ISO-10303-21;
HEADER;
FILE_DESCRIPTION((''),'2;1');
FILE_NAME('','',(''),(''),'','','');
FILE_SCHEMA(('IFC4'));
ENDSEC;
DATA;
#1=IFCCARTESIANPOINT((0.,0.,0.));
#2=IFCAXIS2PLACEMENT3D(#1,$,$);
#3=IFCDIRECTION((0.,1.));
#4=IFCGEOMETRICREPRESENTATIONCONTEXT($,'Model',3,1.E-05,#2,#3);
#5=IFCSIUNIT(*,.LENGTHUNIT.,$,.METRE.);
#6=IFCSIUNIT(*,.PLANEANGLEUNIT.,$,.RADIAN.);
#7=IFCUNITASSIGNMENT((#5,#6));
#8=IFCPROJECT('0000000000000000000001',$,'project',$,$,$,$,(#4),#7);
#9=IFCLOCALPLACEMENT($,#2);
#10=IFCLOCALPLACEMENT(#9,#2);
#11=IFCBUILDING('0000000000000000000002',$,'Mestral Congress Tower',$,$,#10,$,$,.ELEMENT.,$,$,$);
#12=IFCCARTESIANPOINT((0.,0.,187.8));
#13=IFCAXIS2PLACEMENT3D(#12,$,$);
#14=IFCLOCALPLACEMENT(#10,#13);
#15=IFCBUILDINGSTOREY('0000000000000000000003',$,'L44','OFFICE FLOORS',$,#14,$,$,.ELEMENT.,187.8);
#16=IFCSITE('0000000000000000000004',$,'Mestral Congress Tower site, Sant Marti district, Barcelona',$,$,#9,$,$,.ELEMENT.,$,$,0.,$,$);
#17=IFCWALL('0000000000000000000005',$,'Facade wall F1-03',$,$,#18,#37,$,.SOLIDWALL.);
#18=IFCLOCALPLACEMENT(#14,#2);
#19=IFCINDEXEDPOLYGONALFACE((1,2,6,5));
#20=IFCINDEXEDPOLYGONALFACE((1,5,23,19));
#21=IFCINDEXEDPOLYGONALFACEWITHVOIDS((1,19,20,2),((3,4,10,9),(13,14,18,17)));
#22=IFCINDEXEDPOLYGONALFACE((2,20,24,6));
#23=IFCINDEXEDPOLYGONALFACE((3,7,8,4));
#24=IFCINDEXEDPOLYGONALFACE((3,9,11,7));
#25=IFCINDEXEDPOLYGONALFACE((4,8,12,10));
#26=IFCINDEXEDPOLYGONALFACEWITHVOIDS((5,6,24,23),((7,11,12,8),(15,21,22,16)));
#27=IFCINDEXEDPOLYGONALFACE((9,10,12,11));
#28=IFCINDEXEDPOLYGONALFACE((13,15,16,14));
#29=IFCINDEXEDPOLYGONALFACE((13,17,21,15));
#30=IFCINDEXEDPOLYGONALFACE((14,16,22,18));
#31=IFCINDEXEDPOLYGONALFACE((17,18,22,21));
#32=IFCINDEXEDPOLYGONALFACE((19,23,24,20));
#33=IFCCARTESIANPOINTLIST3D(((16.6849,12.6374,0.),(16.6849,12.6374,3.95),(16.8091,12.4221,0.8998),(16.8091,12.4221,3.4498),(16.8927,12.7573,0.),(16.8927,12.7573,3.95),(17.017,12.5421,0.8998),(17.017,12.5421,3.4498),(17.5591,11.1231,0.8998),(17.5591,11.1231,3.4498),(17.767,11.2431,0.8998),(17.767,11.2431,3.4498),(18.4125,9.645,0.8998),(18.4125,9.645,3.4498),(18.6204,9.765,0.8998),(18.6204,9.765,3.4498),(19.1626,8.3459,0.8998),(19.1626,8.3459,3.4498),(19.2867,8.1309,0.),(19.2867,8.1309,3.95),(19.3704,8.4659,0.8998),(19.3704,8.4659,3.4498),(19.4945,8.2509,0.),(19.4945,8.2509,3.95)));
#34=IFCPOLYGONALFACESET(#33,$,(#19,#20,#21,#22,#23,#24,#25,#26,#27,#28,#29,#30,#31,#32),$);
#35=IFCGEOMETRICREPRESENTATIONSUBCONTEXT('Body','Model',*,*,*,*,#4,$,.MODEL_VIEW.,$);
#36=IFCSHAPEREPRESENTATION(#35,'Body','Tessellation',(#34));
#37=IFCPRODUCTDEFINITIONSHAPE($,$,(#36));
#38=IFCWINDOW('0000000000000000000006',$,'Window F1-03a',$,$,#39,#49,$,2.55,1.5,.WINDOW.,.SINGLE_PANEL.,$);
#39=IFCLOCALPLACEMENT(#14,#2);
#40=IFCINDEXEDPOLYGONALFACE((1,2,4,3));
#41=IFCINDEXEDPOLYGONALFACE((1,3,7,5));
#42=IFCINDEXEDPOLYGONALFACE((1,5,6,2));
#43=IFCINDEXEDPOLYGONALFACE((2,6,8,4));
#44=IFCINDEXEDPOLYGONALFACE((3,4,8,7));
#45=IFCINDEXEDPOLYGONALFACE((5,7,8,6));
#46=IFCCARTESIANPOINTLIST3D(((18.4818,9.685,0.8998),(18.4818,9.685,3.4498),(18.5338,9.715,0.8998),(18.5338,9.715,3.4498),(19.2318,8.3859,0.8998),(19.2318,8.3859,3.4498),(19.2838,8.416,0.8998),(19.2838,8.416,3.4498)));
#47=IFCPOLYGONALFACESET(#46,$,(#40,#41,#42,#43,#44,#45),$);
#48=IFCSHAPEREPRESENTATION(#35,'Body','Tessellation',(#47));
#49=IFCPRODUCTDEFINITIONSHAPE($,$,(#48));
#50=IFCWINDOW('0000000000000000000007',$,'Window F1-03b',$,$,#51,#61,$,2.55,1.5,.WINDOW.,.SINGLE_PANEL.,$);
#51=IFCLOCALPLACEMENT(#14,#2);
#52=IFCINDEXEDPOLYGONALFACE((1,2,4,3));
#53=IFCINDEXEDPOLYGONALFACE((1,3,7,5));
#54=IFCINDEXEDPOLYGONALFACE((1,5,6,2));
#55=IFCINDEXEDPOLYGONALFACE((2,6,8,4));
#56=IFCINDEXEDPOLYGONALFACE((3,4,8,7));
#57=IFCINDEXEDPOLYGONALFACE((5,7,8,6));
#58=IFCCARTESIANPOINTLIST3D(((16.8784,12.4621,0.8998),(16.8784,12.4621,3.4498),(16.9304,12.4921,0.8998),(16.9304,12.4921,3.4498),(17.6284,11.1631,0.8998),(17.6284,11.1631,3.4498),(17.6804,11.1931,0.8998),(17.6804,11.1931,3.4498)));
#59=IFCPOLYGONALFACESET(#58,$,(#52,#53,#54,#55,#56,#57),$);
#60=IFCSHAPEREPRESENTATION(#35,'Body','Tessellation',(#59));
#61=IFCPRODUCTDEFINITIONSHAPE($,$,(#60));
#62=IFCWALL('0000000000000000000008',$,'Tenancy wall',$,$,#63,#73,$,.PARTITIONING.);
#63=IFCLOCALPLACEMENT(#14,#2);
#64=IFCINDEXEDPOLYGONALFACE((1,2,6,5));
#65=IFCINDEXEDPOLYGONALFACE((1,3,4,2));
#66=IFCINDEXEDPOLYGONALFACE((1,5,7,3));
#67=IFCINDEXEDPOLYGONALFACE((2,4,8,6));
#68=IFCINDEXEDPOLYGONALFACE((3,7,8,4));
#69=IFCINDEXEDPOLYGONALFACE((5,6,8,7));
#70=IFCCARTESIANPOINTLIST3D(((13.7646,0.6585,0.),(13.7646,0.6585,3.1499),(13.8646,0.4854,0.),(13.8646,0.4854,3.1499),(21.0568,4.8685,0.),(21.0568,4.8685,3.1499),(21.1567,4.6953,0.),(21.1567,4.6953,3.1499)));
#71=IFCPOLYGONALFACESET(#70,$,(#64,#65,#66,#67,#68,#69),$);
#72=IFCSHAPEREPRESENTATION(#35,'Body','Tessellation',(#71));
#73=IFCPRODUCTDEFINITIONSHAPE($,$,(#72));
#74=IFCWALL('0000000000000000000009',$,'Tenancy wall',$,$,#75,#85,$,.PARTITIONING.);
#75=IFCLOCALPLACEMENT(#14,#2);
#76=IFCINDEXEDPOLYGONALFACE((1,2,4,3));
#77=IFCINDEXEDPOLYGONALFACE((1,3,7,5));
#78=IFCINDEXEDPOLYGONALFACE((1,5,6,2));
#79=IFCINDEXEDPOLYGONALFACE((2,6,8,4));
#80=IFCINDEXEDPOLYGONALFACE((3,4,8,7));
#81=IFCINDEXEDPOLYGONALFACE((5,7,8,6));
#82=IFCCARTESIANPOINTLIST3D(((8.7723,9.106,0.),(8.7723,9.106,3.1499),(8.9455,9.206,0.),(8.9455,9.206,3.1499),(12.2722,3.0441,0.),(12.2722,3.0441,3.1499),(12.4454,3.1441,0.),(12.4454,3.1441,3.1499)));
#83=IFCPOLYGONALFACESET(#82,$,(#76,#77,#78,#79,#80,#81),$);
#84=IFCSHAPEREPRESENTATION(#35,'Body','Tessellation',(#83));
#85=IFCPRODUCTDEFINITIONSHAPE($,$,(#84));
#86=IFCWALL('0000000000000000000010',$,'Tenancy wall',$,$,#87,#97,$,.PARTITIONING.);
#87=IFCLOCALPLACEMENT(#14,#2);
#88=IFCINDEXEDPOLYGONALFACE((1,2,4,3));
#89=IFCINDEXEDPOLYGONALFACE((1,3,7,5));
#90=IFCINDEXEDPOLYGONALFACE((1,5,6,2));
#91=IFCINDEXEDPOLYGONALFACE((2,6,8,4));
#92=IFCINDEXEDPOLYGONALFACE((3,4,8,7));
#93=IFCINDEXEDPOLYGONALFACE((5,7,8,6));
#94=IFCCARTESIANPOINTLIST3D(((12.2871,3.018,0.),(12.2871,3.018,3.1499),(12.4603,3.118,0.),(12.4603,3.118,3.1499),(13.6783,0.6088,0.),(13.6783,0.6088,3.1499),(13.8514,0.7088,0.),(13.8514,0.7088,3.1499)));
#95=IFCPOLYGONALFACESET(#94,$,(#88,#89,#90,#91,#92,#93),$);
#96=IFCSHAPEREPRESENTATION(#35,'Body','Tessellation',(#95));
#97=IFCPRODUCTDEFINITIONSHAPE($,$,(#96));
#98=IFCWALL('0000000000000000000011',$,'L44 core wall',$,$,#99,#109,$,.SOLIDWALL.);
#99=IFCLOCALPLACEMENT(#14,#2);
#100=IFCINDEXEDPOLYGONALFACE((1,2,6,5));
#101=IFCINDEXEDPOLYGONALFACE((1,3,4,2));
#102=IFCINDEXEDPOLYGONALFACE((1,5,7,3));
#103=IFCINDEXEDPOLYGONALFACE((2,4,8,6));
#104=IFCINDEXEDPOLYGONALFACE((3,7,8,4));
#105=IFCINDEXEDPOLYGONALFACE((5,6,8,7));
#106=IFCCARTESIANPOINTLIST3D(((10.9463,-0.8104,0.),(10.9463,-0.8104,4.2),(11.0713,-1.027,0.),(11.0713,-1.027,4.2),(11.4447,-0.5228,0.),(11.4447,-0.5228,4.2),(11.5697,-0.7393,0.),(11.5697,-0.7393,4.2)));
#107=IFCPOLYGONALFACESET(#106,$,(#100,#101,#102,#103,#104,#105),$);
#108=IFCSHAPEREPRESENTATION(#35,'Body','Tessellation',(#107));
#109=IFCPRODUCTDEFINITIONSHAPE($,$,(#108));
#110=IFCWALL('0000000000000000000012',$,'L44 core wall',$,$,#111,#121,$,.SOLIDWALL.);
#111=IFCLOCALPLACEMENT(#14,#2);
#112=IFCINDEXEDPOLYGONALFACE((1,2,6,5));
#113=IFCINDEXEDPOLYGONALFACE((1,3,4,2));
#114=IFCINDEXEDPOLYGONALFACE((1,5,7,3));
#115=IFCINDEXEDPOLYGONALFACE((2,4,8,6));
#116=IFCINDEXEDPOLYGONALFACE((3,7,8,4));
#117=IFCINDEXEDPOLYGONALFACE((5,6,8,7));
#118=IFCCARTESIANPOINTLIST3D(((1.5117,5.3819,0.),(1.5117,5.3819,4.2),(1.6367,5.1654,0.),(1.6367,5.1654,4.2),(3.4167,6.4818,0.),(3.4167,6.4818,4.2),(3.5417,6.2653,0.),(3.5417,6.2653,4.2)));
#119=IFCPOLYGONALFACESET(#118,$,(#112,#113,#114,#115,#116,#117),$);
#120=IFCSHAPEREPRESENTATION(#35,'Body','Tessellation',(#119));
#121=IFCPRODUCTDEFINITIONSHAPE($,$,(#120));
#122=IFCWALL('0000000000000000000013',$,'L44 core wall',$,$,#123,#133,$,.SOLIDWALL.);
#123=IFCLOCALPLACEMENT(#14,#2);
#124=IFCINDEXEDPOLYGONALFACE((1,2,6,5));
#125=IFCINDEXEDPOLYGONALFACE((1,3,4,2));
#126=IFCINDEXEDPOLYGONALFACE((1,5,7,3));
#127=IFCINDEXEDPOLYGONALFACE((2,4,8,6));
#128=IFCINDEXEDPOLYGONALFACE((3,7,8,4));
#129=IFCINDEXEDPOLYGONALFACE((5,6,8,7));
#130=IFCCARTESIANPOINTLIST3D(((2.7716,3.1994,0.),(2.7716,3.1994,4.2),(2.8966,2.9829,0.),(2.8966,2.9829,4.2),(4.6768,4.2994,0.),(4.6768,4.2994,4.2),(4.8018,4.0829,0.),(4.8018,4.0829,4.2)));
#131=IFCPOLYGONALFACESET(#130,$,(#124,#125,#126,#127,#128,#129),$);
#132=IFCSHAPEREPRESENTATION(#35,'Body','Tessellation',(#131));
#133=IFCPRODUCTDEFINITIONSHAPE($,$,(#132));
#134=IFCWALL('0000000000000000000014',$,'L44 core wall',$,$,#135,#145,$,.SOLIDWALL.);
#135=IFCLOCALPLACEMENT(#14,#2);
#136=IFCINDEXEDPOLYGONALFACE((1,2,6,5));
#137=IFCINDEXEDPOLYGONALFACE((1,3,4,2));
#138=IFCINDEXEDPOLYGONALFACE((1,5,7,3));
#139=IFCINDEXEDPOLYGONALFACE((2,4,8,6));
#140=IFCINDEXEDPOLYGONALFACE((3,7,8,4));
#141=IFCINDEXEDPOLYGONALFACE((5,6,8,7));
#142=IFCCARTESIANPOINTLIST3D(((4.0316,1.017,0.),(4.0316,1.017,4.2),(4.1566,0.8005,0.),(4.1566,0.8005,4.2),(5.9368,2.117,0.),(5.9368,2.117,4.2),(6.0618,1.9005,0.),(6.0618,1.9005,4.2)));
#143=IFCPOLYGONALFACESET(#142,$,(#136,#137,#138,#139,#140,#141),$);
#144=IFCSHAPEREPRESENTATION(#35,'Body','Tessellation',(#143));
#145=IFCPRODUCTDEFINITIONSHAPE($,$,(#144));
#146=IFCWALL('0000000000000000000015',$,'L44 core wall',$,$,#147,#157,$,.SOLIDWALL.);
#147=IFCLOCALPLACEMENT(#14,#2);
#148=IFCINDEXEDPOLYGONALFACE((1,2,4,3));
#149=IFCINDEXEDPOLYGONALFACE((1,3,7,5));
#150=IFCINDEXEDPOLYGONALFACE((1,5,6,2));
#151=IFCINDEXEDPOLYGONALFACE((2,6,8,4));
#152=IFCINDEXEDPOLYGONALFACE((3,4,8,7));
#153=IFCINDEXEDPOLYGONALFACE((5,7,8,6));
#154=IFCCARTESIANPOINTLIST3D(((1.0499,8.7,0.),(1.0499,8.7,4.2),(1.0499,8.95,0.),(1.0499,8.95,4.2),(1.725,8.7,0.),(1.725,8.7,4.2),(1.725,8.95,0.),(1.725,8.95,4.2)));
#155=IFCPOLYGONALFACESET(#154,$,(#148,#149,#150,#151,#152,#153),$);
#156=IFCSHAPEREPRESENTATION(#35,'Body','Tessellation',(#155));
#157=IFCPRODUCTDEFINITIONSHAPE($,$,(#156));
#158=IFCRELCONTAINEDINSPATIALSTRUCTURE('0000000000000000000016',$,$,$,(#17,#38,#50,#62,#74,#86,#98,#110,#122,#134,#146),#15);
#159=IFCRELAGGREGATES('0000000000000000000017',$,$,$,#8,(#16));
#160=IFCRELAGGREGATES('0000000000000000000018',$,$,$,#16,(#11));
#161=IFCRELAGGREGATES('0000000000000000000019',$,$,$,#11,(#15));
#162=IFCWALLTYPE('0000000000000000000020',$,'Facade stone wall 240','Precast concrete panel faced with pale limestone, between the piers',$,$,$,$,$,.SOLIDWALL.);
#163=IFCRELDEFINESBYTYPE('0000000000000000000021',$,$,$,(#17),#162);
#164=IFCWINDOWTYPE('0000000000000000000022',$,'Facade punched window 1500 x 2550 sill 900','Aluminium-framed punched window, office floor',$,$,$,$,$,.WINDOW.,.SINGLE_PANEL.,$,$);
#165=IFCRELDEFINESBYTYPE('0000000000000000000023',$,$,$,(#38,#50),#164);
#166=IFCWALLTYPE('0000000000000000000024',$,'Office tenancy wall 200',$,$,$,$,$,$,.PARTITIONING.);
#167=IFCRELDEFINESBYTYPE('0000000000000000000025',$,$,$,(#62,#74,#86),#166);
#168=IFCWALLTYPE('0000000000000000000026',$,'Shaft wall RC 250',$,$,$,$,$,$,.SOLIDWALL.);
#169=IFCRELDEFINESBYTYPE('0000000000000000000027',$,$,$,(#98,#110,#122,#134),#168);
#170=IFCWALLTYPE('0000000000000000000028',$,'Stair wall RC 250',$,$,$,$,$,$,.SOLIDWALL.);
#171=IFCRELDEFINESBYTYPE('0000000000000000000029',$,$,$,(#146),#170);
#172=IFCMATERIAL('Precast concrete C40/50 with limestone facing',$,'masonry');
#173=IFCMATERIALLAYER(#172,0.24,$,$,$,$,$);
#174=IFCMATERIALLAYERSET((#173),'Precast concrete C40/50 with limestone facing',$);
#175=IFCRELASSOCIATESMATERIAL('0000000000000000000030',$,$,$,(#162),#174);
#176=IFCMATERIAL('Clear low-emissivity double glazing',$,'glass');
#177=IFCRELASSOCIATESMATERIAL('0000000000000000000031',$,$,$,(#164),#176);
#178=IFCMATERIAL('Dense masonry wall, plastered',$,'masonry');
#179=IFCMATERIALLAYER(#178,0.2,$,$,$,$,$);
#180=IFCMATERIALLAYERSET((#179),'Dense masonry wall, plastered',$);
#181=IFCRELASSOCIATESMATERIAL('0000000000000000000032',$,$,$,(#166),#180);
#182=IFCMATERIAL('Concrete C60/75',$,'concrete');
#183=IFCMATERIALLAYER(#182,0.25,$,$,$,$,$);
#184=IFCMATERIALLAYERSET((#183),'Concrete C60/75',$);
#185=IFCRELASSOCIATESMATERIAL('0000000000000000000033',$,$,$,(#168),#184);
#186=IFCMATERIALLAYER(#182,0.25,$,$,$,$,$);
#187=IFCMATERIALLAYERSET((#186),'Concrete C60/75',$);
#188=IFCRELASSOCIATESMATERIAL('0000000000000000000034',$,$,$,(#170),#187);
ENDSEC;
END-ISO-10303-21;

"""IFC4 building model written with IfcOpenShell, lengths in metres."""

from ifc_helpers import new_model, si_unit, direction, frame, frame_2d, origin, place, context, subcontext, project, spatial, rectangle, extrude, material, layer, layer_set, type_object, element, fill, save


model = new_model("IFC4")

# Units and contexts
model_context = context("Model", 3, precision=1e-05, world=origin(), true_north=direction((0.0, 1.0)))
body_context = subcontext(model_context, "Body", "Model", "MODEL_VIEW")
ifc_project = project(units=[si_unit("LENGTHUNIT", "METRE"), si_unit("PLANEANGLEUNIT", "RADIAN")], contexts=[model_context])

# Site, building, storey
site_placement = place(None, origin())
site = spatial("IfcSite", under=ifc_project, at=site_placement, Name="Mestral Congress Tower site, Sant Marti district, Barcelona", CompositionType="ELEMENT", RefElevation=0.0)
building_placement = place(site_placement, origin())
building = spatial("IfcBuilding", under=site, at=building_placement, Name="Mestral Congress Tower", CompositionType="ELEMENT")
storey_placement = place(building_placement, frame((0.0, 0.0, 187.8)))
storey = spatial("IfcBuildingStorey", under=building, at=storey_placement, Name="L44", Description="OFFICE FLOORS", CompositionType="ELEMENT", Elevation=187.8)

# Shared definitions
ifc_material_1 = material(Name="Concrete C60/75", Category="concrete")

# Wall, openings, windows
ifc_material_2 = material(Name="Precast concrete C40/50 with limestone facing", Category="masonry")
ifc_layer_1 = layer(ifc_material_2, 0.24)
ifc_layer_set_1 = layer_set([ifc_layer_1], Name="Precast concrete C40/50 with limestone facing")
wall_type_1 = type_object("IfcWallType", Name="Facade stone wall 240", Description="Precast concrete panel faced with pale limestone, between the piers", PredefinedType="SOLIDWALL", material=ifc_layer_set_1)
ifc_material_3 = material(Name="Clear low-emissivity double glazing", Category="glass")
window_type = type_object("IfcWindowType", Name="Facade punched window 1500 x 2550 sill 900", Description="Aluminium-framed punched window, office floor", PartitioningType="SINGLE_PANEL", PredefinedType="WINDOW", material=ifc_material_3)
wall_1_placement = place(storey_placement, frame((19.3906, 8.1909, 0.0), z_axis=(0.0, 0.0, 1.0), x_axis=(-0.500009, 0.86602, 0.0)))
wall_1 = element("IfcWall", 1, at=wall_1_placement, inside=storey, type_object=wall_type_1, Name="Facade wall F1-03", PredefinedType="SOLIDWALL", context=body_context, shape_type="SweptSolid", body=[
    extrude(rectangle(XDim=5.2036, YDim=0.24, at=frame_2d((2.6018, 0.0))), origin(), (0.0, 0.0, 1.0), 3.95),
])
opening_1_placement = place(wall_1_placement, frame((0.2483, 0.0, 0.8999)))
opening_1 = element("IfcOpeningElement", 2, at=opening_1_placement, cuts=wall_1, PredefinedType="OPENING", context=body_context, shape_type="SweptSolid", body=[
    extrude(rectangle(XDim=1.5, YDim=2.55, at=frame_2d((0.75, 1.2749))), frame((0.0, 0.1299, 0.0), z_axis=(0.0, -1.0, 0.0), x_axis=(1.0, 0.0, 0.0)), (0.0, 0.0, 1.0), 0.26),
])
opening_2_placement = place(wall_1_placement, frame((3.4551, 0.0, 0.8999)))
opening_2 = element("IfcOpeningElement", 3, at=opening_2_placement, cuts=wall_1, PredefinedType="OPENING", context=body_context, shape_type="SweptSolid", body=[
    extrude(rectangle(XDim=1.5, YDim=2.55, at=frame_2d((0.75, 1.2749))), frame((0.0, 0.1299, 0.0), z_axis=(0.0, -1.0, 0.0), x_axis=(1.0, 0.0, 0.0)), (0.0, 0.0, 1.0), 0.26),
])
window_1_placement = place(opening_1_placement, origin())
window_1 = element("IfcWindow", 4, at=window_1_placement, inside=storey, type_object=window_type, Name="Window F1-03a", OverallHeight=2.55, OverallWidth=1.5, PartitioningType="SINGLE_PANEL", PredefinedType="WINDOW", context=body_context, shape_type="SweptSolid", body=[
    extrude(rectangle(XDim=1.5, YDim=2.55, at=frame_2d((0.75, 1.2749))), frame((0.0, 0.04, 0.0), z_axis=(0.0, -1.0, 0.0), x_axis=(1.0, 0.0, 0.0)), (0.0, 0.0, 1.0), 0.0601),
])
fill(opening_1, window_1)
window_2_placement = place(opening_2_placement, origin())
window_2 = element("IfcWindow", 5, at=window_2_placement, inside=storey, type_object=window_type, Name="Window F1-03b", OverallHeight=2.55, OverallWidth=1.5, PartitioningType="SINGLE_PANEL", PredefinedType="WINDOW", context=body_context, shape_type="SweptSolid", body=[
    extrude(rectangle(XDim=1.5, YDim=2.55, at=frame_2d((0.75, 1.2749))), frame((0.0, 0.04, 0.0), z_axis=(0.0, -1.0, 0.0), x_axis=(1.0, 0.0, 0.0)), (0.0, 0.0, 1.0), 0.0601),
])
fill(opening_2, window_2)

# Walls
ifc_material_4 = material(Name="Dense masonry wall, plastered", Category="masonry")
ifc_layer_2 = layer(ifc_material_4, 0.2)
ifc_layer_set_2 = layer_set([ifc_layer_2], Name="Dense masonry wall, plastered")
wall_type_2 = type_object("IfcWallType", Name="Office tenancy wall 200", PredefinedType="PARTITIONING", material=ifc_layer_set_2)
wall_2_placement = place(storey_placement, frame((13.8147, 0.572, 0.0), z_axis=(0.0, 0.0, 1.0), x_axis=(0.866036, 0.499981, 0.0)))
element("IfcWall", 6, at=wall_2_placement, inside=storey, type_object=wall_type_2, Name="Tenancy wall", PredefinedType="PARTITIONING", context=body_context, shape_type="SweptSolid", body=[
    extrude(rectangle(XDim=8.4202, YDim=0.2, at=frame_2d((4.21, 0.0))), origin(), (0.0, 0.0, 1.0), 3.1499),
])
wall_3_placement = place(storey_placement, frame((12.3589, 3.094, 0.0), z_axis=(0.0, 0.0, 1.0), x_axis=(-0.50001, 0.866019, 0.0)))
element("IfcWall", 7, at=wall_3_placement, inside=storey, type_object=wall_type_2, Name="Tenancy wall", PredefinedType="PARTITIONING", context=body_context, shape_type="SweptSolid", body=[
    extrude(rectangle(XDim=6.9998, YDim=0.2, at=frame_2d((3.5, 0.0))), origin(), (0.0, 0.0, 1.0), 3.1499),
])
wall_4_placement = place(storey_placement, frame((13.7649, 0.6587, 0.0), z_axis=(0.0, 0.0, 1.0), x_axis=(-0.500047, 0.865999, 0.0)))
element("IfcWall", 8, at=wall_4_placement, inside=storey, type_object=wall_type_2, Name="Tenancy wall", PredefinedType="PARTITIONING", context=body_context, shape_type="SweptSolid", body=[
    extrude(rectangle(XDim=2.782, YDim=0.2, at=frame_2d((1.3911, 0.0))), origin(), (0.0, 0.0, 1.0), 3.1499),
])
ifc_layer_3 = layer(ifc_material_1, 0.25)
ifc_layer_set_3 = layer_set([ifc_layer_3], Name="Concrete C60/75")
wall_type_3 = type_object("IfcWallType", Name="Shaft wall RC 250", PredefinedType="SOLIDWALL", material=ifc_layer_set_3)
wall_5_placement = place(storey_placement, frame((11.5071, -0.6311, 0.0), z_axis=(0.0, 0.0, 1.0), x_axis=(-0.866094, -0.499882, 0.0)))
element("IfcWall", 9, at=wall_5_placement, inside=storey, type_object=wall_type_3, Name="L44 core wall", PredefinedType="SOLIDWALL", context=body_context, shape_type="SweptSolid", body=[
    extrude(rectangle(XDim=0.5754, YDim=0.25, at=frame_2d((0.2876, 0.0))), origin(), (0.0, 0.0, 1.0), 4.2),
])
wall_6_placement = place(storey_placement, frame((1.5742, 5.2737, 0.0), z_axis=(0.0, 0.0, 1.0), x_axis=(0.866028, 0.499995, 0.0)))
element("IfcWall", 10, at=wall_6_placement, inside=storey, type_object=wall_type_3, Name="L44 core wall", PredefinedType="SOLIDWALL", context=body_context, shape_type="SweptSolid", body=[
    extrude(rectangle(XDim=2.1997, YDim=0.25, at=frame_2d((1.0999, 0.0))), origin(), (0.0, 0.0, 1.0), 4.2),
])
for number, where, z_axis, x_axis, name in (
    (11, (2.834, 3.0911, 0.0), (0.0, 0.0, 1.0), (0.866008, 0.50003, 0.0), "L44 core wall"),
    (12, (4.094, 0.9087, 0.0), (0.0, 0.0, 1.0), (0.866008, 0.50003, 0.0), "L44 core wall"),
):
    element("IfcWall", number, at=place(storey_placement, frame(where, z_axis=z_axis, x_axis=x_axis)), inside=storey, type_object=wall_type_3, Name=name, PredefinedType="SOLIDWALL", context=body_context, shape_type="SweptSolid", body=[
        extrude(rectangle(XDim=2.2, YDim=0.25, at=frame_2d((1.1001, 0.0))), origin(), (0.0, 0.0, 1.0), 4.2),
    ])
ifc_layer_4 = layer(ifc_material_1, 0.25)
ifc_layer_set_4 = layer_set([ifc_layer_4], Name="Concrete C60/75")
wall_type_4 = type_object("IfcWallType", Name="Stair wall RC 250", PredefinedType="SOLIDWALL", material=ifc_layer_set_4)
wall_7_placement = place(storey_placement, frame((1.05, 8.825, 0.0), z_axis=(0.0, 0.0, 1.0), x_axis=(1.0, 0.0, 0.0)))
element("IfcWall", 13, at=wall_7_placement, inside=storey, type_object=wall_type_4, Name="L44 core wall", PredefinedType="SOLIDWALL", context=body_context, shape_type="SweptSolid", body=[
    extrude(rectangle(XDim=0.675, YDim=0.25, at=frame_2d((0.3374, 0.0))), origin(), (0.0, 0.0, 1.0), 4.2),
])

save(model, "model.ifc")
